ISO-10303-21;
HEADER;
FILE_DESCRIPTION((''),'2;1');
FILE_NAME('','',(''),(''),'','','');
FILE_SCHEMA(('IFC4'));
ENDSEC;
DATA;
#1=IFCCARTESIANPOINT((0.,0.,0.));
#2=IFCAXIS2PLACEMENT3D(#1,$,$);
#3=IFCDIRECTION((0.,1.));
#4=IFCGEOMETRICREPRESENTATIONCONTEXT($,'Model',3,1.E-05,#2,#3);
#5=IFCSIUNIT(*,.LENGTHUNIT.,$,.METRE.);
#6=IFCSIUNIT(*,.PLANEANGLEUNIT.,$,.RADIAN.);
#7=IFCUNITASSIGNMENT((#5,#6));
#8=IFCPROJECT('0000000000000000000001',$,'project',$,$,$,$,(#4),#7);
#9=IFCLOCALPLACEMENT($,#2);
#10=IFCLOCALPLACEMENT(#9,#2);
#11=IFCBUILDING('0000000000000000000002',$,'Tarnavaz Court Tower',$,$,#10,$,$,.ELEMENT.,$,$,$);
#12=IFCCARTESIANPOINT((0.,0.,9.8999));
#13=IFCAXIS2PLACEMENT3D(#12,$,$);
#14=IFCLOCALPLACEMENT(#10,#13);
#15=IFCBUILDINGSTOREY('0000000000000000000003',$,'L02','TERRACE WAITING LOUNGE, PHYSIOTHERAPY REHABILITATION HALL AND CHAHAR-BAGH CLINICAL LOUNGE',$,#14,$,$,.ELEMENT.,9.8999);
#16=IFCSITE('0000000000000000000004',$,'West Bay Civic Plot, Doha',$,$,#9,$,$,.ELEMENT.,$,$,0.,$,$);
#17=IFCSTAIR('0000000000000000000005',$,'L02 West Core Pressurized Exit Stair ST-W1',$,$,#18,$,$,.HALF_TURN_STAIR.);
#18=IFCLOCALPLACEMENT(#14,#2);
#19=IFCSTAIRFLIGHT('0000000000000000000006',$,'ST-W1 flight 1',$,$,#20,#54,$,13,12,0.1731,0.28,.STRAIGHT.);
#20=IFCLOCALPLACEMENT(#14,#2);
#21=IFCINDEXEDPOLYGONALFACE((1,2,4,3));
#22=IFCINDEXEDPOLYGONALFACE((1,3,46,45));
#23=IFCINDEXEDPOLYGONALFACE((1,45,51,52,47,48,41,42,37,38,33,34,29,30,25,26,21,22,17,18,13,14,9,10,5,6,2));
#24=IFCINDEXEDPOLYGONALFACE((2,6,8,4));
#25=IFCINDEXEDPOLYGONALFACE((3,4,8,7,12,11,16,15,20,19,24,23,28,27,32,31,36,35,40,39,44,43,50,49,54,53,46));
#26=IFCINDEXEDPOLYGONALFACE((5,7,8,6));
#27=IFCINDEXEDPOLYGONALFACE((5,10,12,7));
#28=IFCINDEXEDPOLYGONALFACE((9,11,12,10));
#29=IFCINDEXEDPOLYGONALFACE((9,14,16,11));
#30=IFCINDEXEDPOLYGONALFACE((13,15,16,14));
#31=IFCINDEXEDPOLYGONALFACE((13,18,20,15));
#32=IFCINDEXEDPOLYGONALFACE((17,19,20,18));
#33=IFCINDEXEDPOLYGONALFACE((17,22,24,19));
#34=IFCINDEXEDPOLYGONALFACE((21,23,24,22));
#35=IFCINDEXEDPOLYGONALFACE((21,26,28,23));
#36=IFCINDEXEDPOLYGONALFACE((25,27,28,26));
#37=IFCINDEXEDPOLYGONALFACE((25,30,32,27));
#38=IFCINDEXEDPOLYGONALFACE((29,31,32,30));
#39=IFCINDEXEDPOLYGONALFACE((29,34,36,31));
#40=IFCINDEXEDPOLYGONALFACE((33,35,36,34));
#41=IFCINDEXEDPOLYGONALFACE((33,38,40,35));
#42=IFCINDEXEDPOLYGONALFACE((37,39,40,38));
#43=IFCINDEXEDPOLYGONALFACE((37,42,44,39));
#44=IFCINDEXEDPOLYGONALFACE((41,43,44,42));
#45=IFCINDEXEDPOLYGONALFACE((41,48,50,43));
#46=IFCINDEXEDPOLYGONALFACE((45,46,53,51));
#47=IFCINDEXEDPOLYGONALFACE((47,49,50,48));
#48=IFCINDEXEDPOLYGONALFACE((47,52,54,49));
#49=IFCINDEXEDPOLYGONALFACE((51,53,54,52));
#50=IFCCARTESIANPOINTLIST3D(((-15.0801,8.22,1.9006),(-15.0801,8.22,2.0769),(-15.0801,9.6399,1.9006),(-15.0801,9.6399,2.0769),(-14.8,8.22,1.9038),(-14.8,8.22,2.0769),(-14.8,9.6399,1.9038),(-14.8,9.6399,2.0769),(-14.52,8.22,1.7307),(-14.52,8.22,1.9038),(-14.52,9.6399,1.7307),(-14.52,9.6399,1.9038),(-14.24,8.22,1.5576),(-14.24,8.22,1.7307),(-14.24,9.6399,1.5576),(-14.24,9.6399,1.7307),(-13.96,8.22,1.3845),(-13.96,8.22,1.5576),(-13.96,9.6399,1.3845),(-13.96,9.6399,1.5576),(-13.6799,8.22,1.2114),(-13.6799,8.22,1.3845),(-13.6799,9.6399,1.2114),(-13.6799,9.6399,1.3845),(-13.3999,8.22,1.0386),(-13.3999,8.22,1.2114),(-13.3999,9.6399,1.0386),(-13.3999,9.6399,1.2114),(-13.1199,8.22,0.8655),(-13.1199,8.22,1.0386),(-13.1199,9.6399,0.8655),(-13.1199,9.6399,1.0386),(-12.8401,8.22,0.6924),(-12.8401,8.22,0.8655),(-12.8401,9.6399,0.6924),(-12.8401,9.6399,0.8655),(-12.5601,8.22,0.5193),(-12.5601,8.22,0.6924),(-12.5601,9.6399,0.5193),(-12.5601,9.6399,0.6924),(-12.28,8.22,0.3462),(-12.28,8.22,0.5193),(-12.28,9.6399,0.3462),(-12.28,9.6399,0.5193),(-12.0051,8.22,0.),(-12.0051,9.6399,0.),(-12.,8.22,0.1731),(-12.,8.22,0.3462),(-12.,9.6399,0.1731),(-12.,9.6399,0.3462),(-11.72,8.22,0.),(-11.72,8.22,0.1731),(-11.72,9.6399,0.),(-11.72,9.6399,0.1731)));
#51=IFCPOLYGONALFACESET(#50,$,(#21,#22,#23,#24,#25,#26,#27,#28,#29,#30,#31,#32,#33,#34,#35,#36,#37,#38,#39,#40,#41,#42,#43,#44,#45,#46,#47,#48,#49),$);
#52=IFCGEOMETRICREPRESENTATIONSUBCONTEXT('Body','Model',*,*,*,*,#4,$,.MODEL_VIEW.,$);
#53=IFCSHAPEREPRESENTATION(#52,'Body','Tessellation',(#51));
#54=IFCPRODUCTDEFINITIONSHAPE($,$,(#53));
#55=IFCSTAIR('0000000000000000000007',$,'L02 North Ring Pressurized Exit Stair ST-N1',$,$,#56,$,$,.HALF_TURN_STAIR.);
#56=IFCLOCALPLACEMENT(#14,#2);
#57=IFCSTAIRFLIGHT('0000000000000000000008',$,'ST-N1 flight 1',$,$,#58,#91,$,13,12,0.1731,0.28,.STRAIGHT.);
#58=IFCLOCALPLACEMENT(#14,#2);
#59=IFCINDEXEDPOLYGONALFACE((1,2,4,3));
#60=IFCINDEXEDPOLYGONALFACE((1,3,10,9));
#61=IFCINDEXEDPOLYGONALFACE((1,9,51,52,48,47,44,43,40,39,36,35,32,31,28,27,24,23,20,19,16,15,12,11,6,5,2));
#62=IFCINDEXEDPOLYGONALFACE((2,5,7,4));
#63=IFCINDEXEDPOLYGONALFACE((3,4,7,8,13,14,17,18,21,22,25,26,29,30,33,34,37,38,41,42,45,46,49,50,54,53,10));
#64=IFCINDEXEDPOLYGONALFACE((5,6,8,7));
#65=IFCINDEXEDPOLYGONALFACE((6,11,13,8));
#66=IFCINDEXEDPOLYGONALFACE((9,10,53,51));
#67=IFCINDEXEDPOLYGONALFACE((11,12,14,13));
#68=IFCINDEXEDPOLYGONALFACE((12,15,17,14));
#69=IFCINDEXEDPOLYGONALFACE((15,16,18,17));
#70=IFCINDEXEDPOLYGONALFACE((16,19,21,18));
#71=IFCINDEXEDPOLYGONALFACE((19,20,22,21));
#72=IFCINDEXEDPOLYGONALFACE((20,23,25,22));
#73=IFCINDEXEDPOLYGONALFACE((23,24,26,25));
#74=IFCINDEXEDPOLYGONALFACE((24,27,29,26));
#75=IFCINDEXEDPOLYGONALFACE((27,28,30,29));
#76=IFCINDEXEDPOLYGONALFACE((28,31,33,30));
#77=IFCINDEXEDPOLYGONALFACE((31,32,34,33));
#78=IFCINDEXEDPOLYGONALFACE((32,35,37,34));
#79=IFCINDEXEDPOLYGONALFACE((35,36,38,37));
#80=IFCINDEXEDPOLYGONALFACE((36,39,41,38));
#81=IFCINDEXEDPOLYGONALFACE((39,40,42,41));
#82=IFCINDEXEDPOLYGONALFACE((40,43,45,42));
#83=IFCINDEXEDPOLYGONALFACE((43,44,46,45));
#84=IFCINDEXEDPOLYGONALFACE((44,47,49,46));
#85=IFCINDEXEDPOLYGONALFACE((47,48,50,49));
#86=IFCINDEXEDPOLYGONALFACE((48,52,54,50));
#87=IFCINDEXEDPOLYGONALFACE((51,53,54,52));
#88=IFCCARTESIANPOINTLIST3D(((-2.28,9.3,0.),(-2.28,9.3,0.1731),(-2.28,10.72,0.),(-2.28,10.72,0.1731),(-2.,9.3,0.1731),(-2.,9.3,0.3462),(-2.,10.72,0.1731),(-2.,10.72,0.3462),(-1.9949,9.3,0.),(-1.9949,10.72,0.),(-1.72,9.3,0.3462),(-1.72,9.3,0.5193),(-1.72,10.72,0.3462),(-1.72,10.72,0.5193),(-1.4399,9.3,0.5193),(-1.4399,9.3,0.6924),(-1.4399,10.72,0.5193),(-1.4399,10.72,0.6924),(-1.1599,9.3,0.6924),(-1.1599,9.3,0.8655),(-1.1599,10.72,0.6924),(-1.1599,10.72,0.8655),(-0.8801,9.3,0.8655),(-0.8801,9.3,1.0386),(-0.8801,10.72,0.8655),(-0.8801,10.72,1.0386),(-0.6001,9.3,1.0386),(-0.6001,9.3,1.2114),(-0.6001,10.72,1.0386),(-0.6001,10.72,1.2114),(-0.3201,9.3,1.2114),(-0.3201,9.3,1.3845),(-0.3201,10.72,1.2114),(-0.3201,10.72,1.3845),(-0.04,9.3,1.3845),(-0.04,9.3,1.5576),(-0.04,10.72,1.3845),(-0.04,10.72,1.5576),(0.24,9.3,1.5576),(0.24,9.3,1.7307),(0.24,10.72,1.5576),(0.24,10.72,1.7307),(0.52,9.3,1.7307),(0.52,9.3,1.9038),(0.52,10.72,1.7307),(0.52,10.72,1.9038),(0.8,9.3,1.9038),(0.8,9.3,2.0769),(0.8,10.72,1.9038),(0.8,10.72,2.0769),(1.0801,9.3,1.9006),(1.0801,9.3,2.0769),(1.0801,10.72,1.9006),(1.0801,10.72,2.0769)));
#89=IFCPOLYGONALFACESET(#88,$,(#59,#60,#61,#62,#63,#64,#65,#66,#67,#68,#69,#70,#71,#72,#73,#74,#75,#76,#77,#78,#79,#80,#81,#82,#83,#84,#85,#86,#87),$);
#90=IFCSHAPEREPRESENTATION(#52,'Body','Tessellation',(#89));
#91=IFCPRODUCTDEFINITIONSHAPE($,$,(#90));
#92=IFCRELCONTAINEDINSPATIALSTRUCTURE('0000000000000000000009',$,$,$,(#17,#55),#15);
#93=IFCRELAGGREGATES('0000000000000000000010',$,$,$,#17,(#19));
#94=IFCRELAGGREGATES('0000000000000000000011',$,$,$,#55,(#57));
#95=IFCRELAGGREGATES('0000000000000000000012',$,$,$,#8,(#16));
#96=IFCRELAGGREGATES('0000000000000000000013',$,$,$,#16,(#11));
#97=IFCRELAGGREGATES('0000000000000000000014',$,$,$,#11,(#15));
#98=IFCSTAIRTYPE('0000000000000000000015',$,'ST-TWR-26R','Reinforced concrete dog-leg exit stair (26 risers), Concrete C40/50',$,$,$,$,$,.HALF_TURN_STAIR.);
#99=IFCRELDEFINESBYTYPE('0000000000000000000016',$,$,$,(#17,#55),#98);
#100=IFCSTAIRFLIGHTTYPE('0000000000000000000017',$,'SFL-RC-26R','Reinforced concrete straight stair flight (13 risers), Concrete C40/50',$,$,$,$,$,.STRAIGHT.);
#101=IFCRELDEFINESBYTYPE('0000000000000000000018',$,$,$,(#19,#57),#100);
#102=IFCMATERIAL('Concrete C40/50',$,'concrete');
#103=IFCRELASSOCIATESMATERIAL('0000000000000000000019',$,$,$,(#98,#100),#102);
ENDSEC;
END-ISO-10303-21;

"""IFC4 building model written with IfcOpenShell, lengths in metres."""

from ifc_helpers import new_model, si_unit, direction, frame, origin, place, context, subcontext, project, spatial, polyline, outline, extrude, material, type_object, element, aggregate, save


model = new_model("IFC4")

# Units and contexts
model_context = context("Model", 3, precision=1e-05, world=origin(), true_north=direction((0.0, 1.0)))
body_context = subcontext(model_context, "Body", "Model", "MODEL_VIEW")
ifc_project = project(units=[si_unit("LENGTHUNIT", "METRE"), si_unit("PLANEANGLEUNIT", "RADIAN")], contexts=[model_context])

# Site, building, storey
site_placement = place(None, origin())
site = spatial("IfcSite", under=ifc_project, at=site_placement, Name="West Bay Civic Plot, Doha", CompositionType="ELEMENT", RefElevation=0.0)
building_placement = place(site_placement, origin())
building = spatial("IfcBuilding", under=site, at=building_placement, Name="Tarnavaz Court Tower", CompositionType="ELEMENT")
storey_placement = place(building_placement, frame((0.0, 0.0, 9.8999)))
storey = spatial("IfcBuildingStorey", under=building, at=storey_placement, Name="L02", Description="TERRACE WAITING LOUNGE, PHYSIOTHERAPY REHABILITATION HALL AND CHAHAR-BAGH CLINICAL LOUNGE", CompositionType="ELEMENT", Elevation=9.8999)

# Stairs, stair flights
ifc_material_1 = material(Name="Concrete C40/50", Category="concrete")
stair_type = type_object("IfcStairType", Name="ST-TWR-26R", Description="Reinforced concrete dog-leg exit stair (26 risers), Concrete C40/50", PredefinedType="HALF_TURN_STAIR", material=ifc_material_1)
stair_1_placement = place(storey_placement, origin())
stair_1 = element("IfcStair", 1, at=stair_1_placement, inside=storey, type_object=stair_type, Name="L02 West Core Pressurized Exit Stair ST-W1", PredefinedType="HALF_TURN_STAIR")
stair_flight_type = type_object("IfcStairFlightType", Name="SFL-RC-26R", Description="Reinforced concrete straight stair flight (13 risers), Concrete C40/50", PredefinedType="STRAIGHT", material=ifc_material_1)
stair_flight_1_placement = place(storey_placement, frame((-11.72, 8.9299, 0.0), z_axis=(0.0, 0.0, 1.0), x_axis=(-1.0, 0.0, 0.0)))
stair_flight_1 = element("IfcStairFlight", 2, at=stair_flight_1_placement, type_object=stair_flight_type, Name="ST-W1 flight 1", NumberOfRisers=13, NumberOfTreads=12, PredefinedType="STRAIGHT", RiserHeight=0.1731, TreadLength=0.28, context=body_context, shape_type="SweptSolid", body=[
    extrude(outline(polyline([(0.0, 0.0), (0.0, 0.1731), (0.28, 0.1731), (0.28, 0.3462), (0.5601, 0.3462), (0.5601, 0.5193), (0.8401, 0.5193), (0.8401, 0.6924), (1.1201, 0.6924), (1.1201, 0.8655), (1.3999, 0.8655), (1.3999, 1.0386), (1.6799, 1.0386), (1.6799, 1.2114), (1.96, 1.2114), (1.96, 1.3845), (2.24, 1.3845), (2.24, 1.5576), (2.52, 1.5576), (2.52, 1.7307), (2.8, 1.7307), (2.8, 1.9038), (3.0801, 1.9038), (3.0801, 2.0769), (3.3601, 2.0769), (3.3601, 2.25), (3.3601, 1.9006), (0.2852, 0.0), (0.0, 0.0)])), frame((0.0, 0.71, 0.0), z_axis=(0.0, -1.0, 0.0), x_axis=(1.0, 0.0, 0.0)), (0.0, 0.0, 1.0), 1.4199),
])
aggregate(stair_1, [stair_flight_1])
stair_2_placement = place(storey_placement, origin())
stair_2 = element("IfcStair", 3, at=stair_2_placement, inside=storey, type_object=stair_type, Name="L02 North Ring Pressurized Exit Stair ST-N1", PredefinedType="HALF_TURN_STAIR")
stair_flight_2_placement = place(storey_placement, frame((-2.28, 10.01, 0.0), z_axis=(0.0, 0.0, 1.0), x_axis=(1.0, 0.0, 0.0)))
stair_flight_2 = element("IfcStairFlight", 4, at=stair_flight_2_placement, type_object=stair_flight_type, Name="ST-N1 flight 1", NumberOfRisers=13, NumberOfTreads=12, PredefinedType="STRAIGHT", RiserHeight=0.1731, TreadLength=0.28, context=body_context, shape_type="SweptSolid", body=[
    extrude(outline(polyline([(0.0, 0.0), (0.0, 0.1731), (0.28, 0.1731), (0.28, 0.3462), (0.5601, 0.3462), (0.5601, 0.5193), (0.8401, 0.5193), (0.8401, 0.6924), (1.1201, 0.6924), (1.1201, 0.8655), (1.3999, 0.8655), (1.3999, 1.0386), (1.6799, 1.0386), (1.6799, 1.2114), (1.96, 1.2114), (1.96, 1.3845), (2.24, 1.3845), (2.24, 1.5576), (2.52, 1.5576), (2.52, 1.7307), (2.8, 1.7307), (2.8, 1.9038), (3.0801, 1.9038), (3.0801, 2.0769), (3.3601, 2.0769), (3.3601, 2.25), (3.3601, 1.9006), (0.2852, 0.0), (0.0, 0.0)])), frame((0.0, 0.71, 0.0), z_axis=(0.0, -1.0, 0.0), x_axis=(1.0, 0.0, 0.0)), (0.0, 0.0, 1.0), 1.4199),
])
aggregate(stair_2, [stair_flight_2])

save(model, "model.ifc")
